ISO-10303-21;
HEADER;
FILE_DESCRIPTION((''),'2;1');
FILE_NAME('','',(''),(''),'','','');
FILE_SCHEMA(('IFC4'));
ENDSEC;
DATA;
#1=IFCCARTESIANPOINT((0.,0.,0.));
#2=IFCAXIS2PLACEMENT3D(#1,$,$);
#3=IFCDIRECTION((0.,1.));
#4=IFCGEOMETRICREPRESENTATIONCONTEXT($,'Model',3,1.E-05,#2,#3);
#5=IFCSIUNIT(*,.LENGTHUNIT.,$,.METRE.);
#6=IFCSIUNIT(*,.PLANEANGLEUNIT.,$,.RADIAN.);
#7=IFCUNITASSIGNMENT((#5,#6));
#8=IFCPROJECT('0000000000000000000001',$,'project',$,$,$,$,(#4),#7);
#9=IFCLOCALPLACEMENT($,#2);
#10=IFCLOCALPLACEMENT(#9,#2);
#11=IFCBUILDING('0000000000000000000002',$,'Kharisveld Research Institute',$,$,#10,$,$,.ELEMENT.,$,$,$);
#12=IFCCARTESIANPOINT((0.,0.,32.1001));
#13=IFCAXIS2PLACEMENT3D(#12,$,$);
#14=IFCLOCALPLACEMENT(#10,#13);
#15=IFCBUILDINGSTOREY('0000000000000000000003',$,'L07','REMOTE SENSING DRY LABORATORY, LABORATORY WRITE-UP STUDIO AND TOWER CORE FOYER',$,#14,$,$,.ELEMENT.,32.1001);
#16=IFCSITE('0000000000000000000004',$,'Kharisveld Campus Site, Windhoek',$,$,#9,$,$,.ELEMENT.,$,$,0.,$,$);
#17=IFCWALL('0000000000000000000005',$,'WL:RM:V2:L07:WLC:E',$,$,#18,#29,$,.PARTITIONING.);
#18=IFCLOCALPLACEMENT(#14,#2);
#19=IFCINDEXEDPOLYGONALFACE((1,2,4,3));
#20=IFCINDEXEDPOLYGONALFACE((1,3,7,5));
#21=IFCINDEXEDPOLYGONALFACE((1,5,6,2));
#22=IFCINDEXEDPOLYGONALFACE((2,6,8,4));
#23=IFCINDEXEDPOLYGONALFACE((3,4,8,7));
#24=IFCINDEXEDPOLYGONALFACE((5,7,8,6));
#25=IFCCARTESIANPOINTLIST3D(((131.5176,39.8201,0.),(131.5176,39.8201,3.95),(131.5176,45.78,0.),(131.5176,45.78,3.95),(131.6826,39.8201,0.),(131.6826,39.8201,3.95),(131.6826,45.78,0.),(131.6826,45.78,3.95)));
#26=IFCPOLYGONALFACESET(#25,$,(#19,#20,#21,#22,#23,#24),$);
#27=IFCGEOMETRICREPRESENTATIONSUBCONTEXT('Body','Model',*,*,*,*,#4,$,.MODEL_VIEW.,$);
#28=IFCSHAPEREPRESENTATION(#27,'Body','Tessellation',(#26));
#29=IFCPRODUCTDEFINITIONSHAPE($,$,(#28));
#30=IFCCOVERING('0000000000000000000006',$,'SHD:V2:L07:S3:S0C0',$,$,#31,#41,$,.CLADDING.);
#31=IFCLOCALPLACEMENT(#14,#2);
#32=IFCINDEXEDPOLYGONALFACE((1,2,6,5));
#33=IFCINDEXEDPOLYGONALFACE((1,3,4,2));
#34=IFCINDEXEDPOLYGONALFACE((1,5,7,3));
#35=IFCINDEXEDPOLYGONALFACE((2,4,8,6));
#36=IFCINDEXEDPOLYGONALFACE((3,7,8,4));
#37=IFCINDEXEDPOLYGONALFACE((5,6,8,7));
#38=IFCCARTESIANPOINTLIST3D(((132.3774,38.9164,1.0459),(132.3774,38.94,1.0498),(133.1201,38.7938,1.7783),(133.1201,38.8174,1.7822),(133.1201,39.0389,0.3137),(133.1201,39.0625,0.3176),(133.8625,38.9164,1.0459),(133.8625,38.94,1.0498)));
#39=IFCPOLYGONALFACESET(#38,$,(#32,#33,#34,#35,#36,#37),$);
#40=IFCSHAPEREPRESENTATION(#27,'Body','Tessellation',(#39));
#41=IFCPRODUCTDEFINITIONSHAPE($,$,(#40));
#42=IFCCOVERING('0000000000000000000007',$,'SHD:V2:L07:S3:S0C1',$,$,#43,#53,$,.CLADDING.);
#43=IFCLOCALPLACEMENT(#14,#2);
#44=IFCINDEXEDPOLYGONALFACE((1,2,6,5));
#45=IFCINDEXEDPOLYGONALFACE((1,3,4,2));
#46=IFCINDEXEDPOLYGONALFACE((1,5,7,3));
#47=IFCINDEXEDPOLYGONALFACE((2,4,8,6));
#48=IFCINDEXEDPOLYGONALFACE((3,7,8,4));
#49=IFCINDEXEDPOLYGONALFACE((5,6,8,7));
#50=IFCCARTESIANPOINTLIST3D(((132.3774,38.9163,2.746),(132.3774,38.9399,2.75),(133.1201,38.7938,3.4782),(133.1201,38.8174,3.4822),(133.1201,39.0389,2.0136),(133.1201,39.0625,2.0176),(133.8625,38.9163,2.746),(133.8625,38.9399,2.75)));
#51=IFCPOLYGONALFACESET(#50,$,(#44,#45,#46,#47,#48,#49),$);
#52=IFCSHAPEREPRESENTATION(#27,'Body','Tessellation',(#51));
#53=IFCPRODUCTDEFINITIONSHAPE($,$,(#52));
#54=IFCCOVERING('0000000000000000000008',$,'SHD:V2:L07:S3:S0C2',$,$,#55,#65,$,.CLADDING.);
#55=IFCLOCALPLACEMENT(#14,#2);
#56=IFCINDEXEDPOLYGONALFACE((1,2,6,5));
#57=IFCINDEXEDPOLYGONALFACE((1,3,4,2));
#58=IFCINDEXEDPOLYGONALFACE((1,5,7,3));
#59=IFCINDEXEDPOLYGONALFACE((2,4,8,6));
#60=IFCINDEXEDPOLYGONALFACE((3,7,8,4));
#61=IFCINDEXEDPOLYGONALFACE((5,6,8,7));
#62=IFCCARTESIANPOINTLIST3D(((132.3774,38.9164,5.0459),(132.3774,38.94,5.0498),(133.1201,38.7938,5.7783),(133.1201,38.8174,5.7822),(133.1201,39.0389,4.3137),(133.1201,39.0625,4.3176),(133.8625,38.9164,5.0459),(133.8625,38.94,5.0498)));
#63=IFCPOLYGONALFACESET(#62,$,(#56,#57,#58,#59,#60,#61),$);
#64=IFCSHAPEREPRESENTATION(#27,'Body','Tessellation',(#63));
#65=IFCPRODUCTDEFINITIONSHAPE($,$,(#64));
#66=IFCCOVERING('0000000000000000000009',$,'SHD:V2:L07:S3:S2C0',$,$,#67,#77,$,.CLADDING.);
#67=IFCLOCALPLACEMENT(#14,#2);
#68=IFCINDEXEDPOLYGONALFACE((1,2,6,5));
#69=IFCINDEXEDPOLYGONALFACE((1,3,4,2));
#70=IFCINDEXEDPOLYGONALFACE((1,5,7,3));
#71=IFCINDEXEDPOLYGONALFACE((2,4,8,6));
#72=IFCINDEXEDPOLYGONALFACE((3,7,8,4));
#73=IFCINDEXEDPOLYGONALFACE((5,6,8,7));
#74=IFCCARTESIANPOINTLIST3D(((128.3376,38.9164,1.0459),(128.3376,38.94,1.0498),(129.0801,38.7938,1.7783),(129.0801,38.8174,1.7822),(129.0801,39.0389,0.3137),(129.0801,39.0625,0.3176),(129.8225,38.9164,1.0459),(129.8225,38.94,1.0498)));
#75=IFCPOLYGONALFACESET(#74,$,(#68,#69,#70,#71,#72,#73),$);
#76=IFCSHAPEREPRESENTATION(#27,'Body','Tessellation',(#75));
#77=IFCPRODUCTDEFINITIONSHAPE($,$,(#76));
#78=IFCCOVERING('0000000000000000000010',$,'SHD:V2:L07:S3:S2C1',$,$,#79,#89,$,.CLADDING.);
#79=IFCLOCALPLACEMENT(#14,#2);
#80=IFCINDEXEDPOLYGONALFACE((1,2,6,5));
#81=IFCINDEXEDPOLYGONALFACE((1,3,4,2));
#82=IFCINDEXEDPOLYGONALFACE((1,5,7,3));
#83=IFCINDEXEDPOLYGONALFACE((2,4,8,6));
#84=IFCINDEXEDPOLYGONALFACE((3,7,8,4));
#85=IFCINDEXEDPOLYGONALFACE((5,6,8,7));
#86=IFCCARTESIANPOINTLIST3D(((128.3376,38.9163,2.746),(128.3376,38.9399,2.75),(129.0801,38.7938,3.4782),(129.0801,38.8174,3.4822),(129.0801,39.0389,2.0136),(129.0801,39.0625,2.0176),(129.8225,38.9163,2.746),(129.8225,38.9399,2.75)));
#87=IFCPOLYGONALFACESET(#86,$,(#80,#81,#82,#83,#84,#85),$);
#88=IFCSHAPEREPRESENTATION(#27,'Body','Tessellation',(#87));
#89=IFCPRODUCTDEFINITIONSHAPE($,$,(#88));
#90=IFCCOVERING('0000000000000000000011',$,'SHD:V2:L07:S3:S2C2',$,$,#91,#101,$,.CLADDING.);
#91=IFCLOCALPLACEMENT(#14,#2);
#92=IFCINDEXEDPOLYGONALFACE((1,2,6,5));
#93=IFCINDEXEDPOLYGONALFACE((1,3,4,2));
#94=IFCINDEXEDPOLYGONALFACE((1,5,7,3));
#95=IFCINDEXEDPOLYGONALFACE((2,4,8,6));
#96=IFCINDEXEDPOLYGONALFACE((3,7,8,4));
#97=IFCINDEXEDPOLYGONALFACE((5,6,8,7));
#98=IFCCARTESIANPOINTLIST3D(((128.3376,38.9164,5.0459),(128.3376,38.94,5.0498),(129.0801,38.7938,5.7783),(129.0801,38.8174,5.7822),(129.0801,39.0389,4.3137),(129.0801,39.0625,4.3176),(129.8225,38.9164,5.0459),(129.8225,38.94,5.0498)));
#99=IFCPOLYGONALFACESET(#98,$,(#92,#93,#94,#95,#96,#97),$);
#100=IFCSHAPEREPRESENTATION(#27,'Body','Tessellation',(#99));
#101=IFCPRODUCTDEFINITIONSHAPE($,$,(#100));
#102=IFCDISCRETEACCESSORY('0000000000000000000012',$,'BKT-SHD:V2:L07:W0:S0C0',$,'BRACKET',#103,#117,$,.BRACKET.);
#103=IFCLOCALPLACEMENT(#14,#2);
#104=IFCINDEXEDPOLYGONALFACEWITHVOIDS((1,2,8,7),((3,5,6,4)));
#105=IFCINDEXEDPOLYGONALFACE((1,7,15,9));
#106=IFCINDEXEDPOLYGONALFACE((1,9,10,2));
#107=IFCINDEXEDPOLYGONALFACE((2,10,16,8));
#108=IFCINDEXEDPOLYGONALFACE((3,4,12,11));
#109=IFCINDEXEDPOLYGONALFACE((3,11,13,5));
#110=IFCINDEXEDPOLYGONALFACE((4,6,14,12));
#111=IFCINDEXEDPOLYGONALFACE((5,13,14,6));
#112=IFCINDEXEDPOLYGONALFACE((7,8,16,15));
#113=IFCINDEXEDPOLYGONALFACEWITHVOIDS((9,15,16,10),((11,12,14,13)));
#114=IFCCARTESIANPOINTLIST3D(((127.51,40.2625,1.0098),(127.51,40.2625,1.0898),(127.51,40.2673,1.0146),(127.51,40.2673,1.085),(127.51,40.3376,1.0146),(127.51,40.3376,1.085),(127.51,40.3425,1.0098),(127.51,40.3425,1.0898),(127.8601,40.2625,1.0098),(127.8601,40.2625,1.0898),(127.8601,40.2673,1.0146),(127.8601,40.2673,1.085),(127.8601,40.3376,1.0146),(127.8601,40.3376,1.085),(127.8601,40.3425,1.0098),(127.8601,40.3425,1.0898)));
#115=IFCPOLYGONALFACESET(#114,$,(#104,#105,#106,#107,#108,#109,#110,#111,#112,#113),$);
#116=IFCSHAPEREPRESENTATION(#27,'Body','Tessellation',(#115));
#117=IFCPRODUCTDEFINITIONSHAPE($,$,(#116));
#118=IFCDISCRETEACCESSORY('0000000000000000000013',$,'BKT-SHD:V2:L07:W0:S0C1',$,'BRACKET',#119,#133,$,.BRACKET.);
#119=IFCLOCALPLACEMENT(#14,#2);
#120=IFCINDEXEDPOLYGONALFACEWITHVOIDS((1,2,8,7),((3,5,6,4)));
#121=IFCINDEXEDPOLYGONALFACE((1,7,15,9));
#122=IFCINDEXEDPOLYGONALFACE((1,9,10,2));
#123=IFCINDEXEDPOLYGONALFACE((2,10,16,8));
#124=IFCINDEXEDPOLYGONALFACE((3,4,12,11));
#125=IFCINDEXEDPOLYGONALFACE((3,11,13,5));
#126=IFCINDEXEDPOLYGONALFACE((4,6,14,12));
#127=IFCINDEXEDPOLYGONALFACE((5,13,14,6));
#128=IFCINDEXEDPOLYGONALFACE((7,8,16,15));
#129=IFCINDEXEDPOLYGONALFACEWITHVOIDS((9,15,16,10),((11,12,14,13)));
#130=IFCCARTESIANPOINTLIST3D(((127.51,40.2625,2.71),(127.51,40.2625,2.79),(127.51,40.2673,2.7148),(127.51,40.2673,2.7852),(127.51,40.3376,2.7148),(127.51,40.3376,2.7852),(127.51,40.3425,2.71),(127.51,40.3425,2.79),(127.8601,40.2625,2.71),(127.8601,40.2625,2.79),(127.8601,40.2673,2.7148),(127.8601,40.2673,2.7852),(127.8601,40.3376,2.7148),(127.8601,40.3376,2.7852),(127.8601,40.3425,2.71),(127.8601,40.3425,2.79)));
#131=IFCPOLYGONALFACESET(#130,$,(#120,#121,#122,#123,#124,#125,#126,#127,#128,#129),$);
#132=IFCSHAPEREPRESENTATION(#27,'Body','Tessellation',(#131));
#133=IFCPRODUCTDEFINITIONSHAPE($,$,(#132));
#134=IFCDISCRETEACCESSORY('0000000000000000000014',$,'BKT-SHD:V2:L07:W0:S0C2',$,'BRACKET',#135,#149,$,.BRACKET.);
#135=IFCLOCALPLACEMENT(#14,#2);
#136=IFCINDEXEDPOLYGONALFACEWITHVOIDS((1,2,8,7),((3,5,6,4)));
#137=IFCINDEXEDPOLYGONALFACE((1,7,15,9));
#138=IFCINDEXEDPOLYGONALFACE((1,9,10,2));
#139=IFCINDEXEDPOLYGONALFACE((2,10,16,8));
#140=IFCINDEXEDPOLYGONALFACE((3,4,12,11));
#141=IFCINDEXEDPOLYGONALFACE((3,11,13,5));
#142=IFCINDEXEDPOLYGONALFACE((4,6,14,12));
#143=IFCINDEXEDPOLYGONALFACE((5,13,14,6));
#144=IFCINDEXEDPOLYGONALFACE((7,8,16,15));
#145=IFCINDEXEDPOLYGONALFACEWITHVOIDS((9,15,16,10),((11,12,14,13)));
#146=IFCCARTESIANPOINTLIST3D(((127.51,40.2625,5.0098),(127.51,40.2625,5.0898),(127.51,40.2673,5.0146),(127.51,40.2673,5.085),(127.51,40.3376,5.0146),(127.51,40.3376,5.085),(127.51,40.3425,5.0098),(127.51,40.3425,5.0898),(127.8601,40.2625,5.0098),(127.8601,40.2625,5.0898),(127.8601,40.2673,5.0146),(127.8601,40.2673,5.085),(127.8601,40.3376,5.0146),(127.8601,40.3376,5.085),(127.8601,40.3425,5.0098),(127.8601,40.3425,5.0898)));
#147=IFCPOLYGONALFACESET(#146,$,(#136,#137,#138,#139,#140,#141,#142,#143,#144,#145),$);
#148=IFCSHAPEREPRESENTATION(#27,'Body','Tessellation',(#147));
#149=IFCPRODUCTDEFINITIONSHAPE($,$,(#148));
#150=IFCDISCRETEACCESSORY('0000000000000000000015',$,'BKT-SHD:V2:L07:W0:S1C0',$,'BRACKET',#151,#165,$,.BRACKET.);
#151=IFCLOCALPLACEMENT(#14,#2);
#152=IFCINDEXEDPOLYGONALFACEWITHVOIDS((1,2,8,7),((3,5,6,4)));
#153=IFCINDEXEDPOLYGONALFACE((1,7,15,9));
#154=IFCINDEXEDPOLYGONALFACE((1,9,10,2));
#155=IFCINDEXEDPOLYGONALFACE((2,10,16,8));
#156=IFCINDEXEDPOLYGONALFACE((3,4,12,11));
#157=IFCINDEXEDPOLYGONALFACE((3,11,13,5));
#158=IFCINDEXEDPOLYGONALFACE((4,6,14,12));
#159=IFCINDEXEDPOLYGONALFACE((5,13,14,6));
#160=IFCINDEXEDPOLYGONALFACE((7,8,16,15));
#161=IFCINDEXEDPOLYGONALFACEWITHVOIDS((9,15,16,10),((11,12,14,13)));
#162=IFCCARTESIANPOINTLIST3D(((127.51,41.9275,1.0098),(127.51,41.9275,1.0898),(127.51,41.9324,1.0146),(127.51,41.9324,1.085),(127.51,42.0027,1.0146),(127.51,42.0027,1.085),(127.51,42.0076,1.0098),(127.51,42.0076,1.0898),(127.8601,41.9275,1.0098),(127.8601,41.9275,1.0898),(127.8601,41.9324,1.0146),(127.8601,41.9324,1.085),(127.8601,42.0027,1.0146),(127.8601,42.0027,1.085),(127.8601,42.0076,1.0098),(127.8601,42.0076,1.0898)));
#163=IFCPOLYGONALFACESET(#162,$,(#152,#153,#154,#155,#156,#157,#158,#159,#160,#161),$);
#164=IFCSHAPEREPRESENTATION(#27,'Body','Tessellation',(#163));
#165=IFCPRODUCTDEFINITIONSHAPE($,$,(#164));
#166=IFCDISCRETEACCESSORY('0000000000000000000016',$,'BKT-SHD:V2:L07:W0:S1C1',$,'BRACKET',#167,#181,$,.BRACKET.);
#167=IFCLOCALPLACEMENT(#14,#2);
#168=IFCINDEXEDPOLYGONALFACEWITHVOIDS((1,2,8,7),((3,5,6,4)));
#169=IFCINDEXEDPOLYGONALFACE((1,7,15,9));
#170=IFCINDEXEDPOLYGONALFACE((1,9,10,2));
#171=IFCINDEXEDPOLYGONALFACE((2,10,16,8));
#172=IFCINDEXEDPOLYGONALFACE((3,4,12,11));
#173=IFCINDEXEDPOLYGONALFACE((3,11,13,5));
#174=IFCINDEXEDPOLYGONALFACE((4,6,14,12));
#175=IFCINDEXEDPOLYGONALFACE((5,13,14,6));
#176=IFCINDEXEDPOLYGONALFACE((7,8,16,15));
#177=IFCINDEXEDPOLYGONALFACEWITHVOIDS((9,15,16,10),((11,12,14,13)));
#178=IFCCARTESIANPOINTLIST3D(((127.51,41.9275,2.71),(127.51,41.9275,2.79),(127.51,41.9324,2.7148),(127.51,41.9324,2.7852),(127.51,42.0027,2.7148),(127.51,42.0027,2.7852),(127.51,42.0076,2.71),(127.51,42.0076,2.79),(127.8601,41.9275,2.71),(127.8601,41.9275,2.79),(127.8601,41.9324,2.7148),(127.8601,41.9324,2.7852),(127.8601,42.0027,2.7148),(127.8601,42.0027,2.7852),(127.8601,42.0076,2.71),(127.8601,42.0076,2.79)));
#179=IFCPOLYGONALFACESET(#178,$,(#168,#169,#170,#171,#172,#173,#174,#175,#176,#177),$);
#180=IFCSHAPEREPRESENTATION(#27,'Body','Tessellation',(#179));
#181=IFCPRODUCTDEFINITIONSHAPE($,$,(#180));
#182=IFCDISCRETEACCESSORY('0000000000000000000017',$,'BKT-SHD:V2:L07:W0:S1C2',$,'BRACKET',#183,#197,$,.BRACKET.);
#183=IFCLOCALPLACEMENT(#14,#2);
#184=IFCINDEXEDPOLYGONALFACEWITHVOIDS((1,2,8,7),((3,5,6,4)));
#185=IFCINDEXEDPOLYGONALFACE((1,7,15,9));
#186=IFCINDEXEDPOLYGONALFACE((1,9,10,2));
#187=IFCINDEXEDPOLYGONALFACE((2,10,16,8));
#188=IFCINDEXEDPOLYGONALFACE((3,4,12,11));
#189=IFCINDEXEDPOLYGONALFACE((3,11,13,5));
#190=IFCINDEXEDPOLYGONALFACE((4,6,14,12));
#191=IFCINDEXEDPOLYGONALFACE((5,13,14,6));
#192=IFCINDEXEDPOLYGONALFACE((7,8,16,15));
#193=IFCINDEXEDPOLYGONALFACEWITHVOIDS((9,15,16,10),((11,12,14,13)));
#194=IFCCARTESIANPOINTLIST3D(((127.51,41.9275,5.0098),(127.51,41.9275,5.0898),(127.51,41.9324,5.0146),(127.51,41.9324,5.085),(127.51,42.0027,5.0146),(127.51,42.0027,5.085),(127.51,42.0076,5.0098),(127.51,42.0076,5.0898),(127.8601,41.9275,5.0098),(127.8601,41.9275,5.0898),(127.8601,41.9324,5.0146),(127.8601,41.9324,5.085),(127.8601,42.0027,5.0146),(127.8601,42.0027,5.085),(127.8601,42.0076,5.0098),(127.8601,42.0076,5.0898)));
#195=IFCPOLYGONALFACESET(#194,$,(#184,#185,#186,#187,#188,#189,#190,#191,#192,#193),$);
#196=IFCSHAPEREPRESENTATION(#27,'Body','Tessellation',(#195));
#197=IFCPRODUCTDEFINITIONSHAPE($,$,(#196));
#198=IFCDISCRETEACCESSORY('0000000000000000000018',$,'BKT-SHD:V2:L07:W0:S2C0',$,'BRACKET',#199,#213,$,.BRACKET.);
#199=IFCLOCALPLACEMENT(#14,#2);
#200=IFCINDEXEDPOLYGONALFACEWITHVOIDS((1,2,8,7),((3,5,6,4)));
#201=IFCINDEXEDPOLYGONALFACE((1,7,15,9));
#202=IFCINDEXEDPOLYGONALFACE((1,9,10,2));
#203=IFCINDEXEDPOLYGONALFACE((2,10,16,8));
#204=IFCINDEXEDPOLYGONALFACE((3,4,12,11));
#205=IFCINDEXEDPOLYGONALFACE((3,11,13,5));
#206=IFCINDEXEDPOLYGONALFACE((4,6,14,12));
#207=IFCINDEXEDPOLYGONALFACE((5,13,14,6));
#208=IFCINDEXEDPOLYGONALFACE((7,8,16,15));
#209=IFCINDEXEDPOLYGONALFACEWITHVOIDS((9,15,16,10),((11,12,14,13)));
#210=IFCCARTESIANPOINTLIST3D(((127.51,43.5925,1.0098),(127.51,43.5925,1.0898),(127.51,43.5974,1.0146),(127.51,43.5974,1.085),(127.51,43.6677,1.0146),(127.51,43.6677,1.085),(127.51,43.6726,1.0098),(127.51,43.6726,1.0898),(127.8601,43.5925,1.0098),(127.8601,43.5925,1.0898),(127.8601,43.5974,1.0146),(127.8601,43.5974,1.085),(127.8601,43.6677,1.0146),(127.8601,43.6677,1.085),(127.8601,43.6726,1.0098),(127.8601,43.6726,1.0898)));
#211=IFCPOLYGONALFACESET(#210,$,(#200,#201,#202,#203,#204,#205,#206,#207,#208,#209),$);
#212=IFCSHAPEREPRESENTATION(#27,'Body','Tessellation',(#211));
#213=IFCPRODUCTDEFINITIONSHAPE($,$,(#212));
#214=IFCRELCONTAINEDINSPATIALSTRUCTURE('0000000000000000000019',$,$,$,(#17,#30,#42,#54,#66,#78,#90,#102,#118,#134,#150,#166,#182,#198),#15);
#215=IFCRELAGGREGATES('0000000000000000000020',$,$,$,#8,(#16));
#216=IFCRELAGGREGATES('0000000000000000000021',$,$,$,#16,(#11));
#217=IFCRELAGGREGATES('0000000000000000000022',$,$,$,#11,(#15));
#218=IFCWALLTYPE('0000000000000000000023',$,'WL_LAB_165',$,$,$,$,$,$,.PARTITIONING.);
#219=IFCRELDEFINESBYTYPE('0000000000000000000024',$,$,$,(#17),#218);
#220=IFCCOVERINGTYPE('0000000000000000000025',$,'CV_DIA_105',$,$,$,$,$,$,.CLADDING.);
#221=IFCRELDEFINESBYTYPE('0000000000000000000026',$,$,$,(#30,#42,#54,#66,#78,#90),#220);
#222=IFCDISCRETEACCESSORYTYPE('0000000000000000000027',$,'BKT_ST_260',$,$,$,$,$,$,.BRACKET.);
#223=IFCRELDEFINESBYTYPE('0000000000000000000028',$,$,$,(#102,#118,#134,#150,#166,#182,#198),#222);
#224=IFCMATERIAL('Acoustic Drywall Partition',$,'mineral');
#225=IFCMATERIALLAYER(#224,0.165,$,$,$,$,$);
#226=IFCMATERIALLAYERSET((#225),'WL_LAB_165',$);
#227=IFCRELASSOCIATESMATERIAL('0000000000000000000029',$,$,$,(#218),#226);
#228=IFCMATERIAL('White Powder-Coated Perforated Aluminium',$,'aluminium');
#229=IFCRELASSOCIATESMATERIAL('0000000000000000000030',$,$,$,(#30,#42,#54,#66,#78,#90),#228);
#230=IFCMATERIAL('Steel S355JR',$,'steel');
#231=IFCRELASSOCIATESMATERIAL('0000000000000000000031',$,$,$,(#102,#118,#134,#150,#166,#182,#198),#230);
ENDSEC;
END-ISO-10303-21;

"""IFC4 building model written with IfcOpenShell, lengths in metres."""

from ifc_helpers import new_model, si_unit, direction, frame, frame_2d, origin, origin_2d, place, context, subcontext, project, spatial, polyline, rectangle, hollow_rectangle, outline, extrude, material, layer, layer_set, type_object, element, save


model = new_model("IFC4")

# Units and contexts
model_context = context("Model", 3, precision=1e-05, world=origin(), true_north=direction((0.0, 1.0)))
body_context = subcontext(model_context, "Body", "Model", "MODEL_VIEW")
ifc_project = project(units=[si_unit("LENGTHUNIT", "METRE"), si_unit("PLANEANGLEUNIT", "RADIAN")], contexts=[model_context])

# Site, building, storey
site_placement = place(None, origin())
site = spatial("IfcSite", under=ifc_project, at=site_placement, Name="Kharisveld Campus Site, Windhoek", CompositionType="ELEMENT", RefElevation=0.0)
building_placement = place(site_placement, origin())
building = spatial("IfcBuilding", under=site, at=building_placement, Name="Kharisveld Research Institute", CompositionType="ELEMENT")
storey_placement = place(building_placement, frame((0.0, 0.0, 32.1001)))
storey = spatial("IfcBuildingStorey", under=building, at=storey_placement, Name="L07", Description="REMOTE SENSING DRY LABORATORY, LABORATORY WRITE-UP STUDIO AND TOWER CORE FOYER", CompositionType="ELEMENT", Elevation=32.1001)

# Wall
ifc_material_1 = material(Name="Acoustic Drywall Partition", Category="mineral")
ifc_layer_1 = layer(ifc_material_1, 0.165)
ifc_layer_set_1 = layer_set([ifc_layer_1], Name="WL_LAB_165")
wall_type_1 = type_object("IfcWallType", Name="WL_LAB_165", PredefinedType="PARTITIONING", material=ifc_layer_set_1)
wall_1_placement = place(storey_placement, frame((131.6001, 39.8201, 0.0), z_axis=(0.0, 0.0, 1.0), x_axis=(0.0, 1.0, 0.0)))
element("IfcWall", 1, at=wall_1_placement, inside=storey, type_object=wall_type_1, Name="WL:RM:V2:L07:WLC:E", PredefinedType="PARTITIONING", context=body_context, shape_type="SweptSolid", body=[
    extrude(rectangle(XDim=5.96, YDim=0.165, at=frame_2d((2.98, 0.0))), origin(), (0.0, 0.0, 1.0), 3.95),
])

# Coverings
ifc_material_2 = material(Name="White Powder-Coated Perforated Aluminium", Category="aluminium")
covering_type = type_object("IfcCoveringType", Name="CV_DIA_105", PredefinedType="CLADDING")
covering_1_placement = place(storey_placement, frame((133.1201, 39.0625, 0.3176), z_axis=(0.0, 0.986283, 0.165065), x_axis=(-0.707255, -0.116694, 0.697261)))
element("IfcCovering", 2, at=covering_1_placement, inside=storey, type_object=covering_type, material=ifc_material_2, Name="SHD:V2:L07:S3:S0C0", PredefinedType="CLADDING", context=body_context, shape_type="SweptSolid", body=[
    extrude(outline(polyline([(0.0, 0.0), (1.0501, 0.0), (1.0498, 1.0503), (-0.0003, 1.0499), (0.0, 0.0)])), origin(), (0.0, 0.0, -1.0), 0.0239),
])
covering_2_placement = place(storey_placement, frame((133.1201, 39.0625, 2.0176), z_axis=(0.0, 0.986283, 0.165065), x_axis=(-0.70714, -0.116713, 0.697374)))
element("IfcCovering", 3, at=covering_2_placement, inside=storey, type_object=covering_type, material=ifc_material_2, Name="SHD:V2:L07:S3:S0C1", PredefinedType="CLADDING", context=body_context, shape_type="SweptSolid", body=[
    extrude(outline(polyline([(0.0, 0.0), (1.0503, 0.0), (1.05, 1.0501), (0.0001, 1.0501), (0.0, 0.0)])), origin(), (0.0, 0.0, -1.0), 0.0239),
])
covering_3_placement = place(storey_placement, frame((133.1201, 39.0625, 4.3176), z_axis=(0.0, 0.986283, 0.165065), x_axis=(-0.707255, -0.116694, 0.697261)))
element("IfcCovering", 4, at=covering_3_placement, inside=storey, type_object=covering_type, material=ifc_material_2, Name="SHD:V2:L07:S3:S0C2", PredefinedType="CLADDING", context=body_context, shape_type="SweptSolid", body=[
    extrude(outline(polyline([(0.0, 0.0), (1.0501, 0.0), (1.0498, 1.0503), (-0.0003, 1.0499), (0.0, 0.0)])), origin(), (0.0, 0.0, -1.0), 0.0239),
])
covering_4_placement = place(storey_placement, frame((129.0801, 39.0625, 0.3176), z_axis=(0.0, 0.986283, 0.165065), x_axis=(-0.707139, -0.116714, 0.697376)))
element("IfcCovering", 5, at=covering_4_placement, inside=storey, type_object=covering_type, material=ifc_material_2, Name="SHD:V2:L07:S3:S2C0", PredefinedType="CLADDING", context=body_context, shape_type="SweptSolid", body=[
    extrude(outline(polyline([(0.0, 0.0), (1.0499, 0.0), (1.05, 1.0501), (-0.0001, 1.0499), (0.0, 0.0)])), origin(), (0.0, 0.0, -1.0), 0.0239),
])
covering_5_placement = place(storey_placement, frame((129.0801, 39.0625, 2.0176), z_axis=(0.0, 0.986283, 0.165065), x_axis=(-0.707024, -0.116733, 0.697489)))
element("IfcCovering", 6, at=covering_5_placement, inside=storey, type_object=covering_type, material=ifc_material_2, Name="SHD:V2:L07:S3:S2C1", PredefinedType="CLADDING", context=body_context, shape_type="SweptSolid", body=[
    extrude(outline(polyline([(0.0, 0.0), (1.0501, 0.0), (1.0502, 1.0499), (0.0002, 1.0501), (0.0, 0.0)])), origin(), (0.0, 0.0, -1.0), 0.0239),
])
covering_6_placement = place(storey_placement, frame((129.0801, 39.0625, 4.3176), z_axis=(0.0, 0.986283, 0.165065), x_axis=(-0.707139, -0.116714, 0.697376)))
element("IfcCovering", 7, at=covering_6_placement, inside=storey, type_object=covering_type, material=ifc_material_2, Name="SHD:V2:L07:S3:S2C2", PredefinedType="CLADDING", context=body_context, shape_type="SweptSolid", body=[
    extrude(outline(polyline([(0.0, 0.0), (1.0499, 0.0), (1.05, 1.0501), (-0.0001, 1.0499), (0.0, 0.0)])), origin(), (0.0, 0.0, -1.0), 0.0239),
])

# Discrete accessories
ifc_material_3 = material(Name="Steel S355JR", Category="steel")
discrete_accessory_type = type_object("IfcDiscreteAccessoryType", Name="BKT_ST_260", PredefinedType="BRACKET")
for number, where, z_axis, x_axis, name in (
    (8, (127.8601, 40.3025, 1.0498), (-1.0, 0.0, 0.0), (0.0, -1.0, 0.0), "BKT-SHD:V2:L07:W0:S0C0"),
    (9, (127.8601, 40.3025, 2.75), (-1.0, 0.0, 0.0), (0.0, -1.0, 0.0), "BKT-SHD:V2:L07:W0:S0C1"),
    (10, (127.8601, 40.3025, 5.0498), (-1.0, 0.0, 0.0), (0.0, -1.0, 0.0), "BKT-SHD:V2:L07:W0:S0C2"),
    (11, (127.8601, 41.9675, 1.0498), (-1.0, 0.0, 0.0), (0.0, -1.0, 0.0), "BKT-SHD:V2:L07:W0:S1C0"),
    (12, (127.8601, 41.9675, 2.75), (-1.0, 0.0, 0.0), (0.0, -1.0, 0.0), "BKT-SHD:V2:L07:W0:S1C1"),
    (13, (127.8601, 41.9675, 5.0498), (-1.0, 0.0, 0.0), (0.0, -1.0, 0.0), "BKT-SHD:V2:L07:W0:S1C2"),
    (14, (127.8601, 43.6326, 1.0498), (-1.0, 0.0, 0.0), (0.0, -1.0, 0.0), "BKT-SHD:V2:L07:W0:S2C0"),
):
    element("IfcDiscreteAccessory", number, at=place(storey_placement, frame(where, z_axis=z_axis, x_axis=x_axis)), inside=storey, type_object=discrete_accessory_type, material=ifc_material_3, Name=name, ObjectType="BRACKET", PredefinedType="BRACKET", context=body_context, shape_type="SweptSolid", body=[
        extrude(hollow_rectangle(XDim=0.0801, YDim=0.0801, WallThickness=0.0049, at=origin_2d()), origin(), (0.0, 0.0, 1.0), 0.3501),
    ])

save(model, "model.ifc")
